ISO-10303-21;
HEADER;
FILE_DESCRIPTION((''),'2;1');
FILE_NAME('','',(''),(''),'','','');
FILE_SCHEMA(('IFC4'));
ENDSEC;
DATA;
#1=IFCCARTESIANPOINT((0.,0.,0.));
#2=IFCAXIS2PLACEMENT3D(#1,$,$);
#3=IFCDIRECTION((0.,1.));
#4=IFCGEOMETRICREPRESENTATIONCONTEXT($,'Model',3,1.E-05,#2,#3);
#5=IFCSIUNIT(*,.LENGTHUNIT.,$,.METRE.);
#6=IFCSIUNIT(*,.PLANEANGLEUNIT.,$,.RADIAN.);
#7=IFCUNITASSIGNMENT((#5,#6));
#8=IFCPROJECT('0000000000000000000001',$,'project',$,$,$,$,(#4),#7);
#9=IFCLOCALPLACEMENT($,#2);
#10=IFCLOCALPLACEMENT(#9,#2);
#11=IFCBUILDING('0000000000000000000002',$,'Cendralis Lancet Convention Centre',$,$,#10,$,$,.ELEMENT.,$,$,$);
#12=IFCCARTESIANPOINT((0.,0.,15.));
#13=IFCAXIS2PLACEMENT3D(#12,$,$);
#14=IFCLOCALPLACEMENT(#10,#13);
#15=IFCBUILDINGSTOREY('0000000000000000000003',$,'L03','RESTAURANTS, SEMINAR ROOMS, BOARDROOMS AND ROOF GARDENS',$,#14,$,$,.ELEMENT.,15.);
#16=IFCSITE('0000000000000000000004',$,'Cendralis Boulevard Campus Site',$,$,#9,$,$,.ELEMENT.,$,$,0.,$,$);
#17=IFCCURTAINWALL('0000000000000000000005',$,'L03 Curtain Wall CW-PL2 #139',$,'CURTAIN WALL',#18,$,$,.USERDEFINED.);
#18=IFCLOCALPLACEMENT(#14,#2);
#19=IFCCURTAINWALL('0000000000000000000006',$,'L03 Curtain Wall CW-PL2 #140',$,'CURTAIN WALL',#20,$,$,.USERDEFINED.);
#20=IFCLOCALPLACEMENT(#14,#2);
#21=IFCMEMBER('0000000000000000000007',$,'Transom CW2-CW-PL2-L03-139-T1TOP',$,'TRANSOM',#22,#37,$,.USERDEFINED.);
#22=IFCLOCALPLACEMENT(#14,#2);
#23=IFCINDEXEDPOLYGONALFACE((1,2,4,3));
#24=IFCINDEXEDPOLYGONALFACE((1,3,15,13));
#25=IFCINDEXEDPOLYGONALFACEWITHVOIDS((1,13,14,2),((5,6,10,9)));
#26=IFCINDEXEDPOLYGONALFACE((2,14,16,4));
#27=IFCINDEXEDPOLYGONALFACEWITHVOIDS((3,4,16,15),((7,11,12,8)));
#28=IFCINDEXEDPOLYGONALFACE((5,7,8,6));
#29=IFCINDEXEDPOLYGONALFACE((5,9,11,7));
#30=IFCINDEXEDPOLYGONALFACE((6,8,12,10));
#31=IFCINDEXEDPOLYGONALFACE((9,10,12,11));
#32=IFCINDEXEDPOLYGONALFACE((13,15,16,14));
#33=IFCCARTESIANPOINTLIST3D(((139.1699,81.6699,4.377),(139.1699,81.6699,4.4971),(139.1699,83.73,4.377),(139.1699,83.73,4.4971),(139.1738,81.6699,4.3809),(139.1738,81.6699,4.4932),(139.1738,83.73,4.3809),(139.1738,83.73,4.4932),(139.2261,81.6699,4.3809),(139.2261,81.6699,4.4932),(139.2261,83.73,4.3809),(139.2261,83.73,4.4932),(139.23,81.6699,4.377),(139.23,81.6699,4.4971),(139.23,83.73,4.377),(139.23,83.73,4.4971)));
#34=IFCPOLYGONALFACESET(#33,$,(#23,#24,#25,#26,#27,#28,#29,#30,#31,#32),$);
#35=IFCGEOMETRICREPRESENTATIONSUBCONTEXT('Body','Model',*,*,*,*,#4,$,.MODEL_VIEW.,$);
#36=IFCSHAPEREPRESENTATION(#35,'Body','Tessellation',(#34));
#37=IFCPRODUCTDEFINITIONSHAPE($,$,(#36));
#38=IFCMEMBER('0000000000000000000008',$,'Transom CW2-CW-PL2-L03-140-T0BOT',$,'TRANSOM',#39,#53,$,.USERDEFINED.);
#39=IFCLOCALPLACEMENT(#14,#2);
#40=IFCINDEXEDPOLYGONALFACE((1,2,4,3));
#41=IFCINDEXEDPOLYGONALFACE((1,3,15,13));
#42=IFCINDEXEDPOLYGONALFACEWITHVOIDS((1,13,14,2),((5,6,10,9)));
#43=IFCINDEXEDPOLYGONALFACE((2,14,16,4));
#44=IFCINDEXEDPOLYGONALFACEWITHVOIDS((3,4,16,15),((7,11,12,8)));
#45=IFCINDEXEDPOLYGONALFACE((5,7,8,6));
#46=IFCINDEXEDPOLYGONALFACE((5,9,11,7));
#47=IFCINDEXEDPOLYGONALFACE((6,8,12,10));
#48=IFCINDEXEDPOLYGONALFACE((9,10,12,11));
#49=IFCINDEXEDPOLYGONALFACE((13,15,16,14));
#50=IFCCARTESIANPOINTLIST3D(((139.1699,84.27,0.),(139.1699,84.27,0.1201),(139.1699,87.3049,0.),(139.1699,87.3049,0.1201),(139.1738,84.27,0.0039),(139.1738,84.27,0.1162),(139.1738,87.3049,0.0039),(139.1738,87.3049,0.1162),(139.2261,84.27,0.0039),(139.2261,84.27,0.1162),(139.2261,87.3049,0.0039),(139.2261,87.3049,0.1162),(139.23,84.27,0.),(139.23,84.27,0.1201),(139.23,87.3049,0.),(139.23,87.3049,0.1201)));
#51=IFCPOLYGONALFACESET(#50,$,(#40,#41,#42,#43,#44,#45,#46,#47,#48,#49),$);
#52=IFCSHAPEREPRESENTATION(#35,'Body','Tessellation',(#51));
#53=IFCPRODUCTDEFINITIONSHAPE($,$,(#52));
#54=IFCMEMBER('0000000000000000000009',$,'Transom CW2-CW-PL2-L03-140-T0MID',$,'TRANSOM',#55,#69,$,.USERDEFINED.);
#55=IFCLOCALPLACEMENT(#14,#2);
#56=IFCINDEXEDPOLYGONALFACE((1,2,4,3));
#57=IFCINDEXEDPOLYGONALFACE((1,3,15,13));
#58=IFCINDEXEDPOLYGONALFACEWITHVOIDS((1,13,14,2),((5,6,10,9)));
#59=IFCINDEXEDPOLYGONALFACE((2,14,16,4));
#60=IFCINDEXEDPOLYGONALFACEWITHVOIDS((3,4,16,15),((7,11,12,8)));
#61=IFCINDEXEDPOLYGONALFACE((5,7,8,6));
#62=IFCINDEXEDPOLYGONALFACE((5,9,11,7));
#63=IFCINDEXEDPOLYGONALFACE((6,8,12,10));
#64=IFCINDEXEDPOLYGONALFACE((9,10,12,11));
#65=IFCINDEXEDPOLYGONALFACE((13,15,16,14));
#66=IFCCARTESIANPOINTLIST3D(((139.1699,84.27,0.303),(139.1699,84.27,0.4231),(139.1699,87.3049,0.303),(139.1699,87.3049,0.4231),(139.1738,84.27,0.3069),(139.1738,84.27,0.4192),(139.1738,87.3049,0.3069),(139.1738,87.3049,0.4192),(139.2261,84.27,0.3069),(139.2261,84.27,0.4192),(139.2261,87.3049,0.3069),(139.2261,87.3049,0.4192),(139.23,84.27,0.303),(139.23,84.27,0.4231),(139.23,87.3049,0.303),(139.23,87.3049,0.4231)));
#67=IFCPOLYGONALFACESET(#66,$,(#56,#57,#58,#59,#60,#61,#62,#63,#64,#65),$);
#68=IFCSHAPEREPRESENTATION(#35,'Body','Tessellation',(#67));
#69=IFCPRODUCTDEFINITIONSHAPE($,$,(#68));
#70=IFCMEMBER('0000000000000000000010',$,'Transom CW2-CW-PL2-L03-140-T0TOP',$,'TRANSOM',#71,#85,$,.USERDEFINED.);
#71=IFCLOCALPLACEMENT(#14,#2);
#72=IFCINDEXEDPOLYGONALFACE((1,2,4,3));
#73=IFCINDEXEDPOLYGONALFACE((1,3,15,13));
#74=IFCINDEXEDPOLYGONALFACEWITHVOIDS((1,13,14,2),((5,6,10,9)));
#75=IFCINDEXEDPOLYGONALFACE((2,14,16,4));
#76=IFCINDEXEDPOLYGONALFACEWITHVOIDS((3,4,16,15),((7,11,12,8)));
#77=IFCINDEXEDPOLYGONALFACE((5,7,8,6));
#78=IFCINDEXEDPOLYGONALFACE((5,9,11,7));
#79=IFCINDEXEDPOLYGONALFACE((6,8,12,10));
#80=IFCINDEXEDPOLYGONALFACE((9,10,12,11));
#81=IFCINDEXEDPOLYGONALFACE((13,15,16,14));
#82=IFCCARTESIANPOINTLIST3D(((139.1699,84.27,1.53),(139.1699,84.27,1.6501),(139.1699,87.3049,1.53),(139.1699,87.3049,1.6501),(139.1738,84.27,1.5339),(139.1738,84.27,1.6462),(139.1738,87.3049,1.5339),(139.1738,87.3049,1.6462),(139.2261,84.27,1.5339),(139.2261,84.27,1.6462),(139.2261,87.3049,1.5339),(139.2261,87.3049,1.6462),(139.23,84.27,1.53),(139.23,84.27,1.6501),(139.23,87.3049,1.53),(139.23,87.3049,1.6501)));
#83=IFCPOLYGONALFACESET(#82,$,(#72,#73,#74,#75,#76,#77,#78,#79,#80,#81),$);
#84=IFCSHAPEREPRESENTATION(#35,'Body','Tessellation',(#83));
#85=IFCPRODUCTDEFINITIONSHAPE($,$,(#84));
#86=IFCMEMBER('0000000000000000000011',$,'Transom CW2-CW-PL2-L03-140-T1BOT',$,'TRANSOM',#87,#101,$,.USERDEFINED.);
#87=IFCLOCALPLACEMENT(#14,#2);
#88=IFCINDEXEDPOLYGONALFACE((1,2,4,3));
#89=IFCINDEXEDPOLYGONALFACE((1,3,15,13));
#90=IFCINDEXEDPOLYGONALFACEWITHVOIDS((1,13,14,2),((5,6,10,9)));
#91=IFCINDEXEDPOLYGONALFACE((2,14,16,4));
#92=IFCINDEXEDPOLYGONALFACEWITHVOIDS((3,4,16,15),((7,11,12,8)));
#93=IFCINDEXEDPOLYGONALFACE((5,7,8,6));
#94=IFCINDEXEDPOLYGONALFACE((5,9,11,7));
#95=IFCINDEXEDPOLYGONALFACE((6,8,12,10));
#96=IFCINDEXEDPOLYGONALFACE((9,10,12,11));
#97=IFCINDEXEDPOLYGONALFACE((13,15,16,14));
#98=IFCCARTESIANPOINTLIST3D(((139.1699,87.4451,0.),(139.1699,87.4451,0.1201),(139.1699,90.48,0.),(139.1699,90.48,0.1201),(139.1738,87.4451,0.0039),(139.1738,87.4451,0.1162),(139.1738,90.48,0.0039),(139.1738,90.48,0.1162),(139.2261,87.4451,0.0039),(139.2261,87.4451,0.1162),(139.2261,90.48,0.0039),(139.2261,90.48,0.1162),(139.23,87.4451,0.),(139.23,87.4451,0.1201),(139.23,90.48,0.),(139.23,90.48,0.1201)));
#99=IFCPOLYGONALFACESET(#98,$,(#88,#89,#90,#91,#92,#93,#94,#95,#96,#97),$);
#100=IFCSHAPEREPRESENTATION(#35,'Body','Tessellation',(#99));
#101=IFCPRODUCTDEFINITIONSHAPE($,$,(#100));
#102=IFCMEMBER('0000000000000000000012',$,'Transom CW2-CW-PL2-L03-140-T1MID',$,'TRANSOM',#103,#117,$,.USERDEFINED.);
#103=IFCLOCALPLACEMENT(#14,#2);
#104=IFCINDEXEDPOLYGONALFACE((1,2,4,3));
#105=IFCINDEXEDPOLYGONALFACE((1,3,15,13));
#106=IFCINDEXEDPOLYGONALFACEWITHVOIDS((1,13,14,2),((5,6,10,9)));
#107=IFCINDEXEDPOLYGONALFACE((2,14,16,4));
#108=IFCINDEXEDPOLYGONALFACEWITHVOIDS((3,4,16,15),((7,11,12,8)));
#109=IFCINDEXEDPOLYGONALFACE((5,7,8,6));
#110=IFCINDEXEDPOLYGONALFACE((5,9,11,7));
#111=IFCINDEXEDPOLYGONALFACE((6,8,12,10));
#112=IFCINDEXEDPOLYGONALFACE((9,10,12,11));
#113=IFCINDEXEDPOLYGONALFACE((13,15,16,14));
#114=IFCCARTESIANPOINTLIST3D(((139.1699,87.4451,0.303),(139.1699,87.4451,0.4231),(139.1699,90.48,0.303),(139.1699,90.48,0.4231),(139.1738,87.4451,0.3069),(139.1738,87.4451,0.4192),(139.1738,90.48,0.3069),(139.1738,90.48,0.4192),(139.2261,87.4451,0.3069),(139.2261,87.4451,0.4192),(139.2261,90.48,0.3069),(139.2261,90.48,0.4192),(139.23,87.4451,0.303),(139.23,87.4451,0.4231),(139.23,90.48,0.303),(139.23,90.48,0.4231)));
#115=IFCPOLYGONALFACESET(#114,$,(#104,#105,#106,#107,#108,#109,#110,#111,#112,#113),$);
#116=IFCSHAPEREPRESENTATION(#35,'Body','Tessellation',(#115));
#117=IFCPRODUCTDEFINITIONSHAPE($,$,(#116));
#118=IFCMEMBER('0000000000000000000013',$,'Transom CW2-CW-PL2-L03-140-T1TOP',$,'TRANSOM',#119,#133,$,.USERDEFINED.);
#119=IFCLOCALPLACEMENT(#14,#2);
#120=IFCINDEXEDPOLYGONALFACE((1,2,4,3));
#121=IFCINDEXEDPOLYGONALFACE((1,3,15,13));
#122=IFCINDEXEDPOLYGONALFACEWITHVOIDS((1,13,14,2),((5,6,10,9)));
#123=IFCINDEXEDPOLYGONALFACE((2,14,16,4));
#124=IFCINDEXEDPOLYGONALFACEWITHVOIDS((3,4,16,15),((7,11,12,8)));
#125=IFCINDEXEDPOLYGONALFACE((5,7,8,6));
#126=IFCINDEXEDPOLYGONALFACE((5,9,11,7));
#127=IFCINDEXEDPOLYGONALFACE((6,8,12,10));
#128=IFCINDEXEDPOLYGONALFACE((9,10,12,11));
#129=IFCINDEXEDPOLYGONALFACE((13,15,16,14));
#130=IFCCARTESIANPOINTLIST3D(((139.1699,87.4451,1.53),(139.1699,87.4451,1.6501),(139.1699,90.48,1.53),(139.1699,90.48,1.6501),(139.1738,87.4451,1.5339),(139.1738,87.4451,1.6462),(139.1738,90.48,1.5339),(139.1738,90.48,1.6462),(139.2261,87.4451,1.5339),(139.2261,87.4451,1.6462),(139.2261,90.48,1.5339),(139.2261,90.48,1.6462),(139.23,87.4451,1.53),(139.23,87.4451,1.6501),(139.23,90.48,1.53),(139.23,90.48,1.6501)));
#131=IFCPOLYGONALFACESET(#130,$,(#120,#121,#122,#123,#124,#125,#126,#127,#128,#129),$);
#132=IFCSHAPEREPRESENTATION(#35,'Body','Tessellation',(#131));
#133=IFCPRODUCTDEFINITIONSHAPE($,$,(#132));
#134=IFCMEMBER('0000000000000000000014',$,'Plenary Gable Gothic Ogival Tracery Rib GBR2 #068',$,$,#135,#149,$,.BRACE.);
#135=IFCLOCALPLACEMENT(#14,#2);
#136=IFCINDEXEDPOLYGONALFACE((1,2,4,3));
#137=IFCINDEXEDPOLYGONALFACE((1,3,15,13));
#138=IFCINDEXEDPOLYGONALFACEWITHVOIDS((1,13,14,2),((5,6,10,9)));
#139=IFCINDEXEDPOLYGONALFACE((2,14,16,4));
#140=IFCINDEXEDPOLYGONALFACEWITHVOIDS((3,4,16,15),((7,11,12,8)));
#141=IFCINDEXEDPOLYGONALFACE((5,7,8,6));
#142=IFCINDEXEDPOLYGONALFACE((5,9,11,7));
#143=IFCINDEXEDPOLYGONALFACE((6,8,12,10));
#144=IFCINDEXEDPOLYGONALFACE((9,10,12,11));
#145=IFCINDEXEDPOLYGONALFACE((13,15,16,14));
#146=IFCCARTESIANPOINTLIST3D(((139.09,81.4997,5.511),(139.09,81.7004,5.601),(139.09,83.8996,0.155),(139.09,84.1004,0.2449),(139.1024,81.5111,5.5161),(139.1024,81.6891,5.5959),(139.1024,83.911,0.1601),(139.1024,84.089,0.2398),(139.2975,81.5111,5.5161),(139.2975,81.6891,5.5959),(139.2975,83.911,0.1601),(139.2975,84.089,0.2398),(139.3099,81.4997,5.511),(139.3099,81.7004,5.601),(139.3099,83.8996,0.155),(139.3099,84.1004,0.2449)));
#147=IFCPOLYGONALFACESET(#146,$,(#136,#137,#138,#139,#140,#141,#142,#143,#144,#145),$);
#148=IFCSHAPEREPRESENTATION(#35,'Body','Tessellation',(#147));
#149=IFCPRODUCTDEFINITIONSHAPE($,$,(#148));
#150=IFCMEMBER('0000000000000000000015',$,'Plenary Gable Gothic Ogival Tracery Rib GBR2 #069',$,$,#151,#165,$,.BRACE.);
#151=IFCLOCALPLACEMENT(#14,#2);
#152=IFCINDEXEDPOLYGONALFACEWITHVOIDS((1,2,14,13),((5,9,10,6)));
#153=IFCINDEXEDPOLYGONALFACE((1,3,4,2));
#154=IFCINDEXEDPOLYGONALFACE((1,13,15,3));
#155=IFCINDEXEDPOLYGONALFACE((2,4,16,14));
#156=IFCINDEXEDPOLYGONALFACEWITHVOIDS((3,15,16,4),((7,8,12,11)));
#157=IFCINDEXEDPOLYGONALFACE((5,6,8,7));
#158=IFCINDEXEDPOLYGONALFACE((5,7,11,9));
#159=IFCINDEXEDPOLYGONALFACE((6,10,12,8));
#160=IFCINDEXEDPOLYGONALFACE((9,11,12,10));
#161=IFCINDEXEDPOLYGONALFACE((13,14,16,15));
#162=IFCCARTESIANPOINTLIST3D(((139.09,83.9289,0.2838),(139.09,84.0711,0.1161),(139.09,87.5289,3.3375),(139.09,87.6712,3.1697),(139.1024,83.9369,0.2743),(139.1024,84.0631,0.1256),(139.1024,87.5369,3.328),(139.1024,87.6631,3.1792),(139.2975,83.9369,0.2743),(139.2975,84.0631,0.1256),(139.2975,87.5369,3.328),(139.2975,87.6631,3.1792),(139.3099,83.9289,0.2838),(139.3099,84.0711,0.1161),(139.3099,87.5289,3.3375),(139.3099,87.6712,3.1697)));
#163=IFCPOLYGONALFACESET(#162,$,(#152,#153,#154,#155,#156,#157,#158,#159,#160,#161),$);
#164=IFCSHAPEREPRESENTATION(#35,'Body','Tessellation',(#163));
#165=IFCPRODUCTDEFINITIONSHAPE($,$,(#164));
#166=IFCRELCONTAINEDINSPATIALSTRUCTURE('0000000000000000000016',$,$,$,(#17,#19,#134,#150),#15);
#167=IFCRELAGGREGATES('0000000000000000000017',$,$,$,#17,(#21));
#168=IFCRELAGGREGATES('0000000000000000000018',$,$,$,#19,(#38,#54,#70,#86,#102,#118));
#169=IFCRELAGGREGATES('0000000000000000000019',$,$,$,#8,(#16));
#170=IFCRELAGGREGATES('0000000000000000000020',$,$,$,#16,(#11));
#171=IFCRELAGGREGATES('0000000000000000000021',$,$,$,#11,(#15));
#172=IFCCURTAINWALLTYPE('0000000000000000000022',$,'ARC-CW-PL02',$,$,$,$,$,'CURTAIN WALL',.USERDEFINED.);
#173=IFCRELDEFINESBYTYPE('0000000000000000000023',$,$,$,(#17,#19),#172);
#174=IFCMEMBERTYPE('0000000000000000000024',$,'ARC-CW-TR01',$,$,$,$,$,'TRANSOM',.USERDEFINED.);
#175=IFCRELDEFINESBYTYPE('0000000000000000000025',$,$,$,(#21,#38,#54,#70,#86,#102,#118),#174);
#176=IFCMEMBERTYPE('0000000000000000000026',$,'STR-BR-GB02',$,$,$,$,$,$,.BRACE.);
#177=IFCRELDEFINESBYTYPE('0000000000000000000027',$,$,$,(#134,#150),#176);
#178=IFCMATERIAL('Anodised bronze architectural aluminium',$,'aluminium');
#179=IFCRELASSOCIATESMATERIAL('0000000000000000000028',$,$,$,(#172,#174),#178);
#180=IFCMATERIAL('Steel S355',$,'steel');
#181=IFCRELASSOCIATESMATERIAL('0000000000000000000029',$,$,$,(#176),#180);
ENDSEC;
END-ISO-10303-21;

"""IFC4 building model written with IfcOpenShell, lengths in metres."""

from ifc_helpers import new_model, si_unit, direction, frame, origin, origin_2d, place, context, subcontext, project, spatial, hollow_rectangle, extrude, material, material_profile, profile_set, type_object, element, aggregate, save


model = new_model("IFC4")

# Units and contexts
model_context = context("Model", 3, precision=1e-05, world=origin(), true_north=direction((0.0, 1.0)))
body_context = subcontext(model_context, "Body", "Model", "MODEL_VIEW")
ifc_project = project(units=[si_unit("LENGTHUNIT", "METRE"), si_unit("PLANEANGLEUNIT", "RADIAN")], contexts=[model_context])

# Site, building, storey
site_placement = place(None, origin())
site = spatial("IfcSite", under=ifc_project, at=site_placement, Name="Cendralis Boulevard Campus Site", CompositionType="ELEMENT", RefElevation=0.0)
building_placement = place(site_placement, origin())
building = spatial("IfcBuilding", under=site, at=building_placement, Name="Cendralis Lancet Convention Centre", CompositionType="ELEMENT")
storey_placement = place(building_placement, frame((0.0, 0.0, 15.0)))
storey = spatial("IfcBuildingStorey", under=building, at=storey_placement, Name="L03", Description="RESTAURANTS, SEMINAR ROOMS, BOARDROOMS AND ROOF GARDENS", CompositionType="ELEMENT", Elevation=15.0)

# Shared definitions
ifc_material_1 = material(Name="Steel S355", Category="steel")

# Curtain walls
ifc_material_2 = material(Name="Anodised bronze architectural aluminium", Category="aluminium")
curtain_wall_type = type_object("IfcCurtainWallType", Name="ARC-CW-PL02", ElementType="CURTAIN WALL", PredefinedType="USERDEFINED", material=ifc_material_2)
curtain_wall_1_placement = place(storey_placement, origin())
curtain_wall_1 = element("IfcCurtainWall", 1, at=curtain_wall_1_placement, inside=storey, type_object=curtain_wall_type, Name="L03 Curtain Wall CW-PL2 #139", ObjectType="CURTAIN WALL", PredefinedType="USERDEFINED")
curtain_wall_2_placement = place(storey_placement, origin())
curtain_wall_2 = element("IfcCurtainWall", 2, at=curtain_wall_2_placement, inside=storey, type_object=curtain_wall_type, Name="L03 Curtain Wall CW-PL2 #140", ObjectType="CURTAIN WALL", PredefinedType="USERDEFINED")

# Members
ifc_material_profile_1 = material_profile(ifc_material_2, hollow_rectangle(XDim=0.0601, YDim=0.1201, WallThickness=0.0039, at=origin_2d()), Name="AL-TRAN 60x120x4.0")
ifc_profile_set_1 = profile_set([ifc_material_profile_1], Name="Anodised bronze architectural aluminium")
member_type_1 = type_object("IfcMemberType", Name="ARC-CW-TR01", ElementType="TRANSOM", PredefinedType="USERDEFINED", material=ifc_profile_set_1)
member_1_placement = place(storey_placement, frame((139.2, 81.6699, 4.437), z_axis=(0.0, 1.0, 0.0), x_axis=(-1.0, 0.0, 0.0)))
member_1 = element("IfcMember", 3, at=member_1_placement, type_object=member_type_1, Name="Transom CW2-CW-PL2-L03-139-T1TOP", ObjectType="TRANSOM", PredefinedType="USERDEFINED", context=body_context, shape_type="SweptSolid", body=[
    extrude(hollow_rectangle(XDim=0.0601, YDim=0.1201, WallThickness=0.0039, at=origin_2d()), origin(), (0.0, 0.0, 1.0), 2.0601),
])
member_2_placement = place(storey_placement, frame((139.2, 84.27, 0.0601), z_axis=(0.0, 1.0, 0.0), x_axis=(-1.0, 0.0, 0.0)))
member_2 = element("IfcMember", 4, at=member_2_placement, type_object=member_type_1, Name="Transom CW2-CW-PL2-L03-140-T0BOT", ObjectType="TRANSOM", PredefinedType="USERDEFINED", context=body_context, shape_type="SweptSolid", body=[
    extrude(hollow_rectangle(XDim=0.0601, YDim=0.1201, WallThickness=0.0039, at=origin_2d()), origin(), (0.0, 0.0, 1.0), 3.0349),
])
member_3_placement = place(storey_placement, frame((139.2, 84.27, 0.363), z_axis=(0.0, 1.0, 0.0), x_axis=(-1.0, 0.0, 0.0)))
member_3 = element("IfcMember", 5, at=member_3_placement, type_object=member_type_1, Name="Transom CW2-CW-PL2-L03-140-T0MID", ObjectType="TRANSOM", PredefinedType="USERDEFINED", context=body_context, shape_type="SweptSolid", body=[
    extrude(hollow_rectangle(XDim=0.0601, YDim=0.1201, WallThickness=0.0039, at=origin_2d()), origin(), (0.0, 0.0, 1.0), 3.0349),
])
member_4_placement = place(storey_placement, frame((139.2, 84.27, 1.5901), z_axis=(0.0, 1.0, 0.0), x_axis=(-1.0, 0.0, 0.0)))
member_4 = element("IfcMember", 6, at=member_4_placement, type_object=member_type_1, Name="Transom CW2-CW-PL2-L03-140-T0TOP", ObjectType="TRANSOM", PredefinedType="USERDEFINED", context=body_context, shape_type="SweptSolid", body=[
    extrude(hollow_rectangle(XDim=0.0601, YDim=0.1201, WallThickness=0.0039, at=origin_2d()), origin(), (0.0, 0.0, 1.0), 3.0349),
])
member_5_placement = place(storey_placement, frame((139.2, 87.4451, 0.0601), z_axis=(0.0, 1.0, 0.0), x_axis=(-1.0, 0.0, 0.0)))
member_5 = element("IfcMember", 7, at=member_5_placement, type_object=member_type_1, Name="Transom CW2-CW-PL2-L03-140-T1BOT", ObjectType="TRANSOM", PredefinedType="USERDEFINED", context=body_context, shape_type="SweptSolid", body=[
    extrude(hollow_rectangle(XDim=0.0601, YDim=0.1201, WallThickness=0.0039, at=origin_2d()), origin(), (0.0, 0.0, 1.0), 3.0349),
])
member_6_placement = place(storey_placement, frame((139.2, 87.4451, 0.363), z_axis=(0.0, 1.0, 0.0), x_axis=(-1.0, 0.0, 0.0)))
member_6 = element("IfcMember", 8, at=member_6_placement, type_object=member_type_1, Name="Transom CW2-CW-PL2-L03-140-T1MID", ObjectType="TRANSOM", PredefinedType="USERDEFINED", context=body_context, shape_type="SweptSolid", body=[
    extrude(hollow_rectangle(XDim=0.0601, YDim=0.1201, WallThickness=0.0039, at=origin_2d()), origin(), (0.0, 0.0, 1.0), 3.0349),
])
member_7_placement = place(storey_placement, frame((139.2, 87.4451, 1.5901), z_axis=(0.0, 1.0, 0.0), x_axis=(-1.0, 0.0, 0.0)))
member_7 = element("IfcMember", 9, at=member_7_placement, type_object=member_type_1, Name="Transom CW2-CW-PL2-L03-140-T1TOP", ObjectType="TRANSOM", PredefinedType="USERDEFINED", context=body_context, shape_type="SweptSolid", body=[
    extrude(hollow_rectangle(XDim=0.0601, YDim=0.1201, WallThickness=0.0039, at=origin_2d()), origin(), (0.0, 0.0, 1.0), 3.0349),
])

# Members
ifc_material_profile_2 = material_profile(ifc_material_1, hollow_rectangle(XDim=0.22, YDim=0.22, WallThickness=0.0125, at=origin_2d()), Name="SHS 220x220x12.5")
ifc_profile_set_2 = profile_set([ifc_material_profile_2], Name="Steel S355")
member_type_2 = type_object("IfcMemberType", Name="STR-BR-GB02", PredefinedType="BRACE", material=ifc_profile_set_2)
member_8_placement = place(storey_placement, frame((139.2, 84.0, 0.2), z_axis=(0.0, -0.408908, 0.912576), x_axis=(1.0, 0.0, 0.0)))
element("IfcMember", 10, at=member_8_placement, inside=storey, type_object=member_type_2, Name="Plenary Gable Gothic Ogival Tracery Rib GBR2 #068", PredefinedType="BRACE", context=body_context, shape_type="SweptSolid", body=[
    extrude(hollow_rectangle(XDim=0.22, YDim=0.22, WallThickness=0.0125, at=origin_2d()), origin(), (0.0, 0.0, 1.0), 5.8691),
])
member_9_placement = place(storey_placement, frame((139.2, 84.0, 0.2), z_axis=(0.0, 0.762605, 0.646864), x_axis=(-1.0, 0.0, 0.0)))
element("IfcMember", 11, at=member_9_placement, inside=storey, type_object=member_type_2, Name="Plenary Gable Gothic Ogival Tracery Rib GBR2 #069", PredefinedType="BRACE", context=body_context, shape_type="SweptSolid", body=[
    extrude(hollow_rectangle(XDim=0.22, YDim=0.22, WallThickness=0.0125, at=origin_2d()), origin(), (0.0, 0.0, 1.0), 4.7207),
])

aggregate(curtain_wall_1, [member_1])
aggregate(curtain_wall_2, [member_2, member_3, member_4, member_5, member_6, member_7])

save(model, "model.ifc")
